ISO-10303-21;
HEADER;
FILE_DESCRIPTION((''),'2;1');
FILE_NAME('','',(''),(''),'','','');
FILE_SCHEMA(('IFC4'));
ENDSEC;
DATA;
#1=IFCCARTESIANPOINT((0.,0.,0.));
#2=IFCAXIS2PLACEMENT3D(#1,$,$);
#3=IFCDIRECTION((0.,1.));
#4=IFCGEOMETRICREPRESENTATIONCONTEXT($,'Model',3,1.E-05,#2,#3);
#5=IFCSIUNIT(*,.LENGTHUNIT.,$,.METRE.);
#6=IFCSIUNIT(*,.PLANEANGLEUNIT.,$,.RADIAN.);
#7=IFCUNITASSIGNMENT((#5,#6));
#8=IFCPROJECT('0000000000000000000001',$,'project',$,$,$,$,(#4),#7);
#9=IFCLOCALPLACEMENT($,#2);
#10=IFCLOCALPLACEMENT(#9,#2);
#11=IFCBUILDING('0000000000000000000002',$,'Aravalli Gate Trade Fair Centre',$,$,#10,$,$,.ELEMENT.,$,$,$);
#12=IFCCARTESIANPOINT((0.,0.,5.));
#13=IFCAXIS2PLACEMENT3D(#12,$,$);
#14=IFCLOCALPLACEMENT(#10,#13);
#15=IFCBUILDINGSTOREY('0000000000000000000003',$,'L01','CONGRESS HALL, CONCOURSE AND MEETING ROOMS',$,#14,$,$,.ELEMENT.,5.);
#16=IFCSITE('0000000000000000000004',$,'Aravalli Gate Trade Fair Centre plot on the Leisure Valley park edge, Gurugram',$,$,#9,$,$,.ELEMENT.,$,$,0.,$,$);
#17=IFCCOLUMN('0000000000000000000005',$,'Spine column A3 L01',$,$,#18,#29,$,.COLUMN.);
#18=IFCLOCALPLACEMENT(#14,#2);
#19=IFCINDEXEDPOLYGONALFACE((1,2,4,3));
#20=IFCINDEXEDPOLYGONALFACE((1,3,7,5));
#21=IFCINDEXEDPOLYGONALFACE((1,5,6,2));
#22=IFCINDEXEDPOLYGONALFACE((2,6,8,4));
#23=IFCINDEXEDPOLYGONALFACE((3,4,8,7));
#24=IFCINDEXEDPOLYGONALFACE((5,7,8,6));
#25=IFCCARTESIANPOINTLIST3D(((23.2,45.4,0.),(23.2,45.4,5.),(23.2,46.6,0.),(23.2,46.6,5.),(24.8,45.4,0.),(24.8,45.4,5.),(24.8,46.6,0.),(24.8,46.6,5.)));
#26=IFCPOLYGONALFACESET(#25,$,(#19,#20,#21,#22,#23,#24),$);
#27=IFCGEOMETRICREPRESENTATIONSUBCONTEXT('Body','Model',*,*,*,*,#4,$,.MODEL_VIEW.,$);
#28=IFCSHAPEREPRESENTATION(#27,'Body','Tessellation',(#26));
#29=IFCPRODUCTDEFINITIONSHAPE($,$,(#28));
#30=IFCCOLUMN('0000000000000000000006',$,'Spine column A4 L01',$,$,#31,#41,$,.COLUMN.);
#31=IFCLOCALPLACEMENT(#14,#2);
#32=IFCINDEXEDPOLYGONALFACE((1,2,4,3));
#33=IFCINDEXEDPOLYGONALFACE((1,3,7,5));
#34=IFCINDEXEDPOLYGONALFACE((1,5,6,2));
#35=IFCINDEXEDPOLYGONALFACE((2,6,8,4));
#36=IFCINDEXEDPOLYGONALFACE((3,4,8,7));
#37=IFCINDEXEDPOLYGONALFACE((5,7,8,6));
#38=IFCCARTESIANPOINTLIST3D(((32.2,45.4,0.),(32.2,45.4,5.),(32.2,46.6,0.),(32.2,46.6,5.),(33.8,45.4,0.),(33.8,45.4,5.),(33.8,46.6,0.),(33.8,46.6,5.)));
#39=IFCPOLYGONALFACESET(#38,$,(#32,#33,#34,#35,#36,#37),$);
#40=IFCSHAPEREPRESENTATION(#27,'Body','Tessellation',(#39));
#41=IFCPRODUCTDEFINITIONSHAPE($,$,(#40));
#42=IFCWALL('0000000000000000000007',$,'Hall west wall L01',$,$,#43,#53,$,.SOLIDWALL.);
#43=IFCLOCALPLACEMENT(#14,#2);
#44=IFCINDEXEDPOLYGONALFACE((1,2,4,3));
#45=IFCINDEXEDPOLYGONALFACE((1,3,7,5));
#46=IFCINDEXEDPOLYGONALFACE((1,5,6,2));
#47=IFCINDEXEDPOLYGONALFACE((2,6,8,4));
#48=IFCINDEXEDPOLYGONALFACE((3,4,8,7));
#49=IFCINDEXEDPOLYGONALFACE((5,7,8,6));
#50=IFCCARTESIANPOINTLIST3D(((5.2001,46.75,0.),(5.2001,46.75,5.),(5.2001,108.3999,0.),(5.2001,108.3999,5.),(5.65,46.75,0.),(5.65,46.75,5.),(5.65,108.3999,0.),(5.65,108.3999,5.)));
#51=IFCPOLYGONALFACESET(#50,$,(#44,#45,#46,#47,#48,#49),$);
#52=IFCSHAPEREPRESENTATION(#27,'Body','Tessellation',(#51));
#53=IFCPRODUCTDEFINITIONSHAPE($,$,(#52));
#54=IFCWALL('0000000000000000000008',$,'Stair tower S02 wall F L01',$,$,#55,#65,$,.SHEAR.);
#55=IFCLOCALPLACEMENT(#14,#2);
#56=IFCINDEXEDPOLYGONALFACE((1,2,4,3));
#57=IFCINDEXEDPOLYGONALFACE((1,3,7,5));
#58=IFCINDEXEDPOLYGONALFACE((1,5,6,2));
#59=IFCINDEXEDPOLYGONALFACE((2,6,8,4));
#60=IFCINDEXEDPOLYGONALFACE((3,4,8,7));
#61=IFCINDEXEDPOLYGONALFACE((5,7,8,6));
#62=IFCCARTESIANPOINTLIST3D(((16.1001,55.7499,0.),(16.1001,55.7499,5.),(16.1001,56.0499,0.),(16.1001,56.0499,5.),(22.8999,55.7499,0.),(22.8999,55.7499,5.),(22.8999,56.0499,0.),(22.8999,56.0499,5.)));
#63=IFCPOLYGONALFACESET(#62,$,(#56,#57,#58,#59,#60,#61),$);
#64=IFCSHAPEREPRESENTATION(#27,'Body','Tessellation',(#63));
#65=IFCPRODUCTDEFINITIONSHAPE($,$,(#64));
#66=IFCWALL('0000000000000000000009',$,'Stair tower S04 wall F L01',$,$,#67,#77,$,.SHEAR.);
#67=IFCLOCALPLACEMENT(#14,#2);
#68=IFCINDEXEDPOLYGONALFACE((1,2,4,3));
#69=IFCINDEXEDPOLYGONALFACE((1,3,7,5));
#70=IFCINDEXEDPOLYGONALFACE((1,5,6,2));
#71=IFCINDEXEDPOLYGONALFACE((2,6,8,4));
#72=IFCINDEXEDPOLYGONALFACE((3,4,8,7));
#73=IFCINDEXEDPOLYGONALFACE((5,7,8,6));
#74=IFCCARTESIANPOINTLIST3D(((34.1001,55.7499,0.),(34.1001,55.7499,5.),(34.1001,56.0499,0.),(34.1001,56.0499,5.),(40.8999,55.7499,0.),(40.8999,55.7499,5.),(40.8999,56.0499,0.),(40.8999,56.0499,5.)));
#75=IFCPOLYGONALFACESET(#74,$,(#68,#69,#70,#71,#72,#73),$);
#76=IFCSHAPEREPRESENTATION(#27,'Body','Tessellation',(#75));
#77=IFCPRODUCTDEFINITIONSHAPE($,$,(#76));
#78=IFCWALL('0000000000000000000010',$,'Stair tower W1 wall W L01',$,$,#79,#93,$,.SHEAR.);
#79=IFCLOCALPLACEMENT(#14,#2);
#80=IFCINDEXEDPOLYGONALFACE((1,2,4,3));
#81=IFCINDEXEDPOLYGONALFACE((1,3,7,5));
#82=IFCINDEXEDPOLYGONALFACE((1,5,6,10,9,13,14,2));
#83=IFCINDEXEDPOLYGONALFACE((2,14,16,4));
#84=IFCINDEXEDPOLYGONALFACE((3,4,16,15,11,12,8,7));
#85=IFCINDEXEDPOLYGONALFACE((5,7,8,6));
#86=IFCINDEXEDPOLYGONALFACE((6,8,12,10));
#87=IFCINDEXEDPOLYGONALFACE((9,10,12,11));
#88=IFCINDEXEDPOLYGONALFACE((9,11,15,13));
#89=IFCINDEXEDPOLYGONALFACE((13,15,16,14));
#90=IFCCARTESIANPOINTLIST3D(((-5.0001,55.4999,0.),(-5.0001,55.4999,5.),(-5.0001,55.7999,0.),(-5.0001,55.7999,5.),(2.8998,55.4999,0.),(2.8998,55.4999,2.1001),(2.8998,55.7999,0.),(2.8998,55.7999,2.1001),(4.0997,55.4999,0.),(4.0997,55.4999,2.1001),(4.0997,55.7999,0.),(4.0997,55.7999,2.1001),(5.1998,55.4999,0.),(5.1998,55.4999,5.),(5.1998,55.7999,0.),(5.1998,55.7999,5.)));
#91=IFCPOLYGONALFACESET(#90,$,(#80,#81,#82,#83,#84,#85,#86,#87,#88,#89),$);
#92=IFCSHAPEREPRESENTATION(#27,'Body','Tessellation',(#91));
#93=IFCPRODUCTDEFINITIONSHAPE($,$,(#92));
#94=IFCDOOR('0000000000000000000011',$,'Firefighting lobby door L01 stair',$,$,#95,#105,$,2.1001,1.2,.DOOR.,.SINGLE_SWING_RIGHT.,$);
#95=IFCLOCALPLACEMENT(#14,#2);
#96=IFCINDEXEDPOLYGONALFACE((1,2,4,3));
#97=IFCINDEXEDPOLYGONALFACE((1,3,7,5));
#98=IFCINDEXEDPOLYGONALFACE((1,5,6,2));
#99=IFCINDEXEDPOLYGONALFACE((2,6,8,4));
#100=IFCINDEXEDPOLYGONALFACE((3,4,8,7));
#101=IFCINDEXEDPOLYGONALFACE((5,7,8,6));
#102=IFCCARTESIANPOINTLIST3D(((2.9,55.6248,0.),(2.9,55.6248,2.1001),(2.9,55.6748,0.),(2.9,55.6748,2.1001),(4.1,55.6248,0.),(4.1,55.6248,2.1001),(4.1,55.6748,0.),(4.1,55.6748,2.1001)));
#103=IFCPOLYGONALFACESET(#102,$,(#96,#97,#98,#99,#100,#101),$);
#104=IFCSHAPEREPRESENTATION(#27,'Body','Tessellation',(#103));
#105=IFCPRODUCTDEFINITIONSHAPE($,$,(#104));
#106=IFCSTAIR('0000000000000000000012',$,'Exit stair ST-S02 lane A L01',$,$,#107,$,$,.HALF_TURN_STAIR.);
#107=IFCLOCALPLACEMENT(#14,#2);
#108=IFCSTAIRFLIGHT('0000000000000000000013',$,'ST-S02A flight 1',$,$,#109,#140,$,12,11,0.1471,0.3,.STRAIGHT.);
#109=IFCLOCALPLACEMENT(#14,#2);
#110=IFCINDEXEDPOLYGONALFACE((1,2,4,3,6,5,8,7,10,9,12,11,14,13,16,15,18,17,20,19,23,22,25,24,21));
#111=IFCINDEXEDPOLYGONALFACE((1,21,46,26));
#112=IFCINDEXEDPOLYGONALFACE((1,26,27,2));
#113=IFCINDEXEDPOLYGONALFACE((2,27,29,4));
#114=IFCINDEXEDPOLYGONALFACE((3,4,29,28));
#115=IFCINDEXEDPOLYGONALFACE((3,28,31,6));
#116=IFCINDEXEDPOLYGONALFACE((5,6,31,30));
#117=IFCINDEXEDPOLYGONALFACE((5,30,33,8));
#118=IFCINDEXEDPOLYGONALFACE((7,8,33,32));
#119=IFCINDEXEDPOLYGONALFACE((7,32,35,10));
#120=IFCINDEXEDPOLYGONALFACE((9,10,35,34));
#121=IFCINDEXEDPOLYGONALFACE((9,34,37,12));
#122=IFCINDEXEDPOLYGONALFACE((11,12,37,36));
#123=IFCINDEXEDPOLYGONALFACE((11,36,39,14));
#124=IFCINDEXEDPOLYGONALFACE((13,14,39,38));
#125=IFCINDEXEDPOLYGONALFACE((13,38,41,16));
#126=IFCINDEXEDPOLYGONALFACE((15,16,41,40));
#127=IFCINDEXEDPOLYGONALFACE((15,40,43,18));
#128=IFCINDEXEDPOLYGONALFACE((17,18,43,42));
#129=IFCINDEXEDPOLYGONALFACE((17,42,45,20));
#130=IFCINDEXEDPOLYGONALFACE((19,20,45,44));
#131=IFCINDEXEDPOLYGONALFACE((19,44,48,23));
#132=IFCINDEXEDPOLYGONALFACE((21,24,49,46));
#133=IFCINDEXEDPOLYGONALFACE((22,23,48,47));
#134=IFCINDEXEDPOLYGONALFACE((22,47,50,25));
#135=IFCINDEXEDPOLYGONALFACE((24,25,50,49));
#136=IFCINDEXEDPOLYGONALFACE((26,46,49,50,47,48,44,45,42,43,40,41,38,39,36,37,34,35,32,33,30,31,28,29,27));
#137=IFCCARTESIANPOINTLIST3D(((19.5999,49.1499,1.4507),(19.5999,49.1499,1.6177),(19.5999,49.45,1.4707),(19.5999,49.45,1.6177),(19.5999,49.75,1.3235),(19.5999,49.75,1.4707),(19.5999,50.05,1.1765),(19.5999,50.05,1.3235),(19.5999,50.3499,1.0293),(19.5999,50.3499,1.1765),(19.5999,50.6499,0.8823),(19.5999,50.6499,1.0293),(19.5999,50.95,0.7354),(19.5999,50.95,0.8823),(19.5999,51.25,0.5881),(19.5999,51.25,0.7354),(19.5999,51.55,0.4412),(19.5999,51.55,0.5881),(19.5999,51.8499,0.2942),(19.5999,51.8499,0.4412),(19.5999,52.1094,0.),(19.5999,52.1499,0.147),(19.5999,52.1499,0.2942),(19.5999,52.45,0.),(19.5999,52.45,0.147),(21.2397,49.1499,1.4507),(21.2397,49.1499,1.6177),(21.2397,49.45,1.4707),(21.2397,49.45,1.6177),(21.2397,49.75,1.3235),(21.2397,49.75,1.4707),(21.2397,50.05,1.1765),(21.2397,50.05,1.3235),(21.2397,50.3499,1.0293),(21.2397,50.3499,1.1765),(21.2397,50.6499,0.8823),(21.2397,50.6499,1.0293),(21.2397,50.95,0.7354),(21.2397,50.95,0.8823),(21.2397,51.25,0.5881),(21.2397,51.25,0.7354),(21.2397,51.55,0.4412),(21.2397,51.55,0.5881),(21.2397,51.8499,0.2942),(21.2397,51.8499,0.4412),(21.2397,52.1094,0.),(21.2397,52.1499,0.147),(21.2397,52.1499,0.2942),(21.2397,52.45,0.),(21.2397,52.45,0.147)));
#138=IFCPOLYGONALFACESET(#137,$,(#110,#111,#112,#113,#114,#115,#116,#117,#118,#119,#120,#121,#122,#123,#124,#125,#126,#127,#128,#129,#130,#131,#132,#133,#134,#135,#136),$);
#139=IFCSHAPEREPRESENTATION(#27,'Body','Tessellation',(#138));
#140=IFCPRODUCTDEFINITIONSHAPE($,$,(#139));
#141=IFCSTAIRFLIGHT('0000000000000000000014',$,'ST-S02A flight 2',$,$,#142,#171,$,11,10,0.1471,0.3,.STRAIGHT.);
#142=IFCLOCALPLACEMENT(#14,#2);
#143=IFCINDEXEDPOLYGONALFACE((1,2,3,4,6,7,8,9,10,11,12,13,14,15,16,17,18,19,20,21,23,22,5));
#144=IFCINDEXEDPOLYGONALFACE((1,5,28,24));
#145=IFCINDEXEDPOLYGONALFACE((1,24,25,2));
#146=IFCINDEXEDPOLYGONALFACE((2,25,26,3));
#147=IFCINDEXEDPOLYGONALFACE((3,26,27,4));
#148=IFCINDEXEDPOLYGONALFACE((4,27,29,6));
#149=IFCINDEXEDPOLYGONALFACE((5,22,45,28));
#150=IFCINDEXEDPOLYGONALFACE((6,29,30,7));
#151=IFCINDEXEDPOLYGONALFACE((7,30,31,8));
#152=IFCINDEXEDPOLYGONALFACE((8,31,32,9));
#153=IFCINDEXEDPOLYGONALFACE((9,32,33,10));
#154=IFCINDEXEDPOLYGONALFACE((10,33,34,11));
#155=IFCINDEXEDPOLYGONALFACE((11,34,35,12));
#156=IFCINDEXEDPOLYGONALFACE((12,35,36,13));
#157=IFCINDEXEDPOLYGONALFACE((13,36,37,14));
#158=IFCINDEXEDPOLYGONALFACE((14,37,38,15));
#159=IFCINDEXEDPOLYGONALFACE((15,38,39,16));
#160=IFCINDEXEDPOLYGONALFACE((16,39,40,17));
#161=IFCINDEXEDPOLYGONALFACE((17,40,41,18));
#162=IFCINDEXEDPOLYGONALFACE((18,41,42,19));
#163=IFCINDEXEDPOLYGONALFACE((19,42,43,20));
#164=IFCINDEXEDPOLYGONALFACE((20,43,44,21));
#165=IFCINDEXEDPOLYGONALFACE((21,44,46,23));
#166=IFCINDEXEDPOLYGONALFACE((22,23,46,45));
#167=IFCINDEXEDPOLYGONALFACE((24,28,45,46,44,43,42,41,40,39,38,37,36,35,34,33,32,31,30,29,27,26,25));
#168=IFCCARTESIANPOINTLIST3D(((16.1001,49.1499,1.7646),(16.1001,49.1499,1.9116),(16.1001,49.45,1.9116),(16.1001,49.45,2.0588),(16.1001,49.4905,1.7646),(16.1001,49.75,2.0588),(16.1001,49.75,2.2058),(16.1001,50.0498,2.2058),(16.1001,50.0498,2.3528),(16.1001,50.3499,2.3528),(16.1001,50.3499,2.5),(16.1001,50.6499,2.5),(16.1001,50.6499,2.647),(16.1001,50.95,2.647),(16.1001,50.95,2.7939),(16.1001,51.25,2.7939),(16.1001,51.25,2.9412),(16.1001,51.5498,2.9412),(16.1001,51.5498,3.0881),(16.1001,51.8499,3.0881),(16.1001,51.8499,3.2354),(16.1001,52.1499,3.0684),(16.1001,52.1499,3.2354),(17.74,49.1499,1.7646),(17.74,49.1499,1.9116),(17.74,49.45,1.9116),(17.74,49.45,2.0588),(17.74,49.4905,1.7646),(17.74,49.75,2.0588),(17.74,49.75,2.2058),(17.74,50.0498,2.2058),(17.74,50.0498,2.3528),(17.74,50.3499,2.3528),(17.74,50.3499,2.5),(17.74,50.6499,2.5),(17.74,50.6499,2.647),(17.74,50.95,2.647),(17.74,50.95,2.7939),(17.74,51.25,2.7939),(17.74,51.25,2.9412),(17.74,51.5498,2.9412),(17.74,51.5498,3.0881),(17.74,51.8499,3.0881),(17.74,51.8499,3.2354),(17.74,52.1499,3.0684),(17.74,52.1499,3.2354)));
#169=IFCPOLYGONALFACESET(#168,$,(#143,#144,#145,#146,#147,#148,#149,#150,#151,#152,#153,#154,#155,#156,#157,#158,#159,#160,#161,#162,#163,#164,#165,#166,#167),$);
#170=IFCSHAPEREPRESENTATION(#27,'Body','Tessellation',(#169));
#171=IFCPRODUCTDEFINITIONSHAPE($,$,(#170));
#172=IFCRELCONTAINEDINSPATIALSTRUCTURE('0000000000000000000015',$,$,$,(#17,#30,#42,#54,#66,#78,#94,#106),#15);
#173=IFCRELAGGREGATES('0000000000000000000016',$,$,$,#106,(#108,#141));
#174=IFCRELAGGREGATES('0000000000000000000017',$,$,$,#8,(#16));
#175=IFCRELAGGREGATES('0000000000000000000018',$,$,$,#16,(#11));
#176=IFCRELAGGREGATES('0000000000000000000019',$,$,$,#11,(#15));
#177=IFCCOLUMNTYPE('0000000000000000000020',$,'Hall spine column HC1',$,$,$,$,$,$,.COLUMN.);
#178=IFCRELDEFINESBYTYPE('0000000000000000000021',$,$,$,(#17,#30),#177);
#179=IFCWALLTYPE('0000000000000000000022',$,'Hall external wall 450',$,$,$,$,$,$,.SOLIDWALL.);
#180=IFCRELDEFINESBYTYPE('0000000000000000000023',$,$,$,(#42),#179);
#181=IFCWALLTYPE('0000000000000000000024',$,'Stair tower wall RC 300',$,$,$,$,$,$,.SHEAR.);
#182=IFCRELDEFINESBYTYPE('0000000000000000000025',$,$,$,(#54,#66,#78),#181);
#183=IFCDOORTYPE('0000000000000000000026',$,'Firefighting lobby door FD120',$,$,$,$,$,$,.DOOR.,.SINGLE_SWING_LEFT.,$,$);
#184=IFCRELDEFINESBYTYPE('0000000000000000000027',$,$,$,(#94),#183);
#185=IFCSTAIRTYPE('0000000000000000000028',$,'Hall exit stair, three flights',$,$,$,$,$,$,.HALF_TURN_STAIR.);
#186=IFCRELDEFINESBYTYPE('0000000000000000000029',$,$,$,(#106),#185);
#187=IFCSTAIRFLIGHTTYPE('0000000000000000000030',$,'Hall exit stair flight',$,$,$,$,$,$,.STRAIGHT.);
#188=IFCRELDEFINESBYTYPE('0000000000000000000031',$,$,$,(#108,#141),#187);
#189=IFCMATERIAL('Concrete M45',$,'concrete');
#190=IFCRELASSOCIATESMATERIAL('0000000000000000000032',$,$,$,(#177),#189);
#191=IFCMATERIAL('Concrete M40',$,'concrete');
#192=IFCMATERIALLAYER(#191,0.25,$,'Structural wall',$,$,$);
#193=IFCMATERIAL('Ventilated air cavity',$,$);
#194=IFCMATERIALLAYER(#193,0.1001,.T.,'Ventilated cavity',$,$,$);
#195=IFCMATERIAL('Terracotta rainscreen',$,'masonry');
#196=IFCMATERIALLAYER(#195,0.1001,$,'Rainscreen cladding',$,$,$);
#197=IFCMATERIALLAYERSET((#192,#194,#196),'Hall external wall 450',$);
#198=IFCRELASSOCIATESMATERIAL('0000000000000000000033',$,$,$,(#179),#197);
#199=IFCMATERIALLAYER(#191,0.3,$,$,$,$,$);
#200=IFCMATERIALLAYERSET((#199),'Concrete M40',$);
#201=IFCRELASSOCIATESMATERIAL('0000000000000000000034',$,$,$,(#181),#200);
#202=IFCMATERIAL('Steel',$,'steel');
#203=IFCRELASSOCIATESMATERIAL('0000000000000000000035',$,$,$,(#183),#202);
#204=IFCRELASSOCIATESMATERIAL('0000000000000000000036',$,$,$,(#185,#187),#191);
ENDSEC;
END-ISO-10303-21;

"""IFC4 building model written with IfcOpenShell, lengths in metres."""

from ifc_helpers import new_model, si_unit, direction, frame, frame_2d, origin, origin_2d, place, context, subcontext, project, spatial, polyline, rectangle, outline, extrude, material, layer, layer_set, material_profile, profile_set, type_object, element, fill, aggregate, save


model = new_model("IFC4")

# Units and contexts
model_context = context("Model", 3, precision=1e-05, world=origin(), true_north=direction((0.0, 1.0)))
body_context = subcontext(model_context, "Body", "Model", "MODEL_VIEW")
ifc_project = project(units=[si_unit("LENGTHUNIT", "METRE"), si_unit("PLANEANGLEUNIT", "RADIAN")], contexts=[model_context])

# Site, building, storey
site_placement = place(None, origin())
site = spatial("IfcSite", under=ifc_project, at=site_placement, Name="Aravalli Gate Trade Fair Centre plot on the Leisure Valley park edge, Gurugram", CompositionType="ELEMENT", RefElevation=0.0)
building_placement = place(site_placement, origin())
building = spatial("IfcBuilding", under=site, at=building_placement, Name="Aravalli Gate Trade Fair Centre", CompositionType="ELEMENT")
storey_placement = place(building_placement, frame((0.0, 0.0, 5.0)))
storey = spatial("IfcBuildingStorey", under=building, at=storey_placement, Name="L01", Description="CONGRESS HALL, CONCOURSE AND MEETING ROOMS", CompositionType="ELEMENT", Elevation=5.0)

# Columns
ifc_material_1 = material(Name="Concrete M45", Category="concrete")
ifc_material_profile = material_profile(ifc_material_1, rectangle(XDim=1.6001, YDim=1.2, at=origin_2d()), Name="RC 1600x1200")
ifc_profile_set = profile_set([ifc_material_profile], Name="Concrete M45")
column_type = type_object("IfcColumnType", Name="Hall spine column HC1", PredefinedType="COLUMN", material=ifc_profile_set)
for number, where, z_axis, x_axis, name in (
    (1, (24.0, 46.0, 0.0), (0.0, 0.0, 1.0), (1.0, 0.0, 0.0), "Spine column A3 L01"),
    (2, (33.0, 46.0, 0.0), (0.0, 0.0, 1.0), (1.0, 0.0, 0.0), "Spine column A4 L01"),
):
    element("IfcColumn", number, at=place(storey_placement, frame(where, z_axis=z_axis, x_axis=x_axis)), inside=storey, type_object=column_type, Name=name, PredefinedType="COLUMN", context=body_context, shape_type="SweptSolid", body=[
        extrude(rectangle(XDim=1.6001, YDim=1.2, at=origin_2d()), origin(), (0.0, 0.0, 1.0), 5.0),
    ])

# Walls
ifc_material_2 = material(Name="Concrete M40", Category="concrete")
ifc_layer_1 = layer(ifc_material_2, 0.25, Name="Structural wall")
ifc_material_3 = material(Name="Ventilated air cavity")
ifc_layer_2 = layer(ifc_material_3, 0.1001, ventilated=True, Name="Ventilated cavity")
ifc_material_4 = material(Name="Terracotta rainscreen", Category="masonry")
ifc_layer_3 = layer(ifc_material_4, 0.1001, Name="Rainscreen cladding")
ifc_layer_set_1 = layer_set([ifc_layer_1, ifc_layer_2, ifc_layer_3], Name="Hall external wall 450")
wall_type_1 = type_object("IfcWallType", Name="Hall external wall 450", PredefinedType="SOLIDWALL", material=ifc_layer_set_1)
wall_1_placement = place(storey_placement, frame((5.425, 46.75, 0.0), z_axis=(0.0, 0.0, 1.0), x_axis=(0.0, 1.0, 0.0)))
element("IfcWall", 3, at=wall_1_placement, inside=storey, type_object=wall_type_1, Name="Hall west wall L01", PredefinedType="SOLIDWALL", context=body_context, shape_type="SweptSolid", body=[
    extrude(rectangle(XDim=61.6499, YDim=0.45, at=frame_2d((30.825, 0.0))), origin(), (0.0, 0.0, 1.0), 5.0),
])
ifc_layer_4 = layer(ifc_material_2, 0.3)
ifc_layer_set_2 = layer_set([ifc_layer_4], Name="Concrete M40")
wall_type_2 = type_object("IfcWallType", Name="Stair tower wall RC 300", PredefinedType="SHEAR", material=ifc_layer_set_2)
for number, where, z_axis, x_axis, name in (
    (4, (16.1001, 55.8999, 0.0), (0.0, 0.0, 1.0), (1.0, 0.0, 0.0), "Stair tower S02 wall F L01"),
    (5, (34.1001, 55.8999, 0.0), (0.0, 0.0, 1.0), (1.0, 0.0, 0.0), "Stair tower S04 wall F L01"),
):
    element("IfcWall", number, at=place(storey_placement, frame(where, z_axis=z_axis, x_axis=x_axis)), inside=storey, type_object=wall_type_2, Name=name, PredefinedType="SHEAR", context=body_context, shape_type="SweptSolid", body=[
        extrude(rectangle(XDim=6.7998, YDim=0.3, at=frame_2d((3.3999, 0.0))), origin(), (0.0, 0.0, 1.0), 5.0),
    ])

# Wall, opening, door
wall_2_placement = place(storey_placement, frame((5.2, 55.6499, 0.0), z_axis=(0.0, 0.0, 1.0), x_axis=(-1.0, 0.0, 0.0)))
wall_2 = element("IfcWall", 6, at=wall_2_placement, inside=storey, type_object=wall_type_2, Name="Stair tower W1 wall W L01", PredefinedType="SHEAR", context=body_context, shape_type="SweptSolid", body=[
    extrude(rectangle(XDim=10.2, YDim=0.3, at=frame_2d((5.1001, 0.0))), origin(), (0.0, 0.0, 1.0), 5.0),
])
opening_placement = place(wall_2_placement, frame((1.1001, 0.0, 0.0)))
opening = element("IfcOpeningElement", 7, at=opening_placement, cuts=wall_2, PredefinedType="OPENING", context=body_context, shape_type="SweptSolid", body=[
    extrude(rectangle(XDim=1.2, YDim=2.1001, at=frame_2d((0.6001, 1.05))), frame((0.0, 0.1599, 0.0), z_axis=(0.0, -1.0, 0.0), x_axis=(1.0, 0.0, 0.0)), (0.0, 0.0, 1.0), 0.3201),
])
ifc_material_5 = material(Name="Steel", Category="steel")
door_type = type_object("IfcDoorType", Name="Firefighting lobby door FD120", OperationType="SINGLE_SWING_LEFT", PredefinedType="DOOR", material=ifc_material_5)
door_placement = place(opening_placement, frame((1.2, 0.0, 0.0), z_axis=(0.0, 0.0, 1.0), x_axis=(-1.0, 0.0, 0.0)))
door = element("IfcDoor", 8, at=door_placement, inside=storey, type_object=door_type, Name="Firefighting lobby door L01 stair", OperationType="SINGLE_SWING_RIGHT", OverallHeight=2.1001, OverallWidth=1.2, PredefinedType="DOOR", context=body_context, shape_type="SweptSolid", body=[
    extrude(rectangle(XDim=1.2, YDim=2.1001, at=frame_2d((0.6001, 1.05))), frame((0.0, 0.0249, 0.0), z_axis=(0.0, -1.0, 0.0), x_axis=(1.0, 0.0, 0.0)), (0.0, 0.0, 1.0), 0.05),
])
fill(opening, door)

# Stair, stair flights
stair_type = type_object("IfcStairType", Name="Hall exit stair, three flights", PredefinedType="HALF_TURN_STAIR", material=ifc_material_2)
stair_1_placement = place(storey_placement, origin())
stair_1 = element("IfcStair", 9, at=stair_1_placement, inside=storey, type_object=stair_type, Name="Exit stair ST-S02 lane A L01", PredefinedType="HALF_TURN_STAIR")
stair_flight_type = type_object("IfcStairFlightType", Name="Hall exit stair flight", PredefinedType="STRAIGHT", material=ifc_material_2)
stair_flight_1_placement = place(storey_placement, frame((20.4199, 52.45, 0.0), z_axis=(0.0, 0.0, 1.0), x_axis=(0.0, -1.0, 0.0)))
stair_flight_1 = element("IfcStairFlight", 10, at=stair_flight_1_placement, type_object=stair_flight_type, Name="ST-S02A flight 1", NumberOfRisers=12, NumberOfTreads=11, PredefinedType="STRAIGHT", RiserHeight=0.1471, TreadLength=0.3, context=body_context, shape_type="SweptSolid", body=[
    extrude(outline(polyline([(0.0, 0.0), (0.0, 0.147), (0.3, 0.147), (0.3, 0.2942), (0.6001, 0.2942), (0.6001, 0.4412), (0.8999, 0.4412), (0.8999, 0.5881), (1.2, 0.5881), (1.2, 0.7354), (1.5, 0.7354), (1.5, 0.8823), (1.8, 0.8823), (1.8, 1.0293), (2.1001, 1.0293), (2.1001, 1.1765), (2.3999, 1.1765), (2.3999, 1.3235), (2.7, 1.3235), (2.7, 1.4707), (3.0, 1.4707), (3.0, 1.6177), (3.3, 1.6177), (3.3, 1.7646), (3.3, 1.4507), (0.3406, 0.0), (0.0, 0.0)])), frame((0.0, 0.8198, 0.0), z_axis=(0.0, -1.0, 0.0), x_axis=(1.0, 0.0, 0.0)), (0.0, 0.0, 1.0), 1.6399),
])
stair_flight_2_placement = place(storey_placement, frame((16.9199, 49.1499, 1.7646), z_axis=(0.0, 0.0, 1.0), x_axis=(0.0, 1.0, 0.0)))
stair_flight_2 = element("IfcStairFlight", 11, at=stair_flight_2_placement, type_object=stair_flight_type, Name="ST-S02A flight 2", NumberOfRisers=11, NumberOfTreads=10, PredefinedType="STRAIGHT", RiserHeight=0.1471, TreadLength=0.3, context=body_context, shape_type="SweptSolid", body=[
    extrude(outline(polyline([(0.0, 0.0), (0.0, 0.147), (0.3, 0.147), (0.3, 0.2942), (0.6001, 0.2942), (0.6001, 0.4412), (0.8999, 0.4412), (0.8999, 0.5881), (1.2, 0.5881), (1.2, 0.7354), (1.5, 0.7354), (1.5, 0.8823), (1.8, 0.8823), (1.8, 1.0293), (2.1001, 1.0293), (2.1001, 1.1765), (2.3999, 1.1765), (2.3999, 1.3235), (2.7, 1.3235), (2.7, 1.4707), (3.0, 1.4707), (3.0, 1.6177), (3.0, 1.3037), (0.3406, 0.0), (0.0, 0.0)])), frame((0.0, 0.8198, 0.0), z_axis=(0.0, -1.0, 0.0), x_axis=(1.0, 0.0, 0.0)), (0.0, 0.0, 1.0), 1.6399),
])
aggregate(stair_1, [stair_flight_1, stair_flight_2])

save(model, "model.ifc")
